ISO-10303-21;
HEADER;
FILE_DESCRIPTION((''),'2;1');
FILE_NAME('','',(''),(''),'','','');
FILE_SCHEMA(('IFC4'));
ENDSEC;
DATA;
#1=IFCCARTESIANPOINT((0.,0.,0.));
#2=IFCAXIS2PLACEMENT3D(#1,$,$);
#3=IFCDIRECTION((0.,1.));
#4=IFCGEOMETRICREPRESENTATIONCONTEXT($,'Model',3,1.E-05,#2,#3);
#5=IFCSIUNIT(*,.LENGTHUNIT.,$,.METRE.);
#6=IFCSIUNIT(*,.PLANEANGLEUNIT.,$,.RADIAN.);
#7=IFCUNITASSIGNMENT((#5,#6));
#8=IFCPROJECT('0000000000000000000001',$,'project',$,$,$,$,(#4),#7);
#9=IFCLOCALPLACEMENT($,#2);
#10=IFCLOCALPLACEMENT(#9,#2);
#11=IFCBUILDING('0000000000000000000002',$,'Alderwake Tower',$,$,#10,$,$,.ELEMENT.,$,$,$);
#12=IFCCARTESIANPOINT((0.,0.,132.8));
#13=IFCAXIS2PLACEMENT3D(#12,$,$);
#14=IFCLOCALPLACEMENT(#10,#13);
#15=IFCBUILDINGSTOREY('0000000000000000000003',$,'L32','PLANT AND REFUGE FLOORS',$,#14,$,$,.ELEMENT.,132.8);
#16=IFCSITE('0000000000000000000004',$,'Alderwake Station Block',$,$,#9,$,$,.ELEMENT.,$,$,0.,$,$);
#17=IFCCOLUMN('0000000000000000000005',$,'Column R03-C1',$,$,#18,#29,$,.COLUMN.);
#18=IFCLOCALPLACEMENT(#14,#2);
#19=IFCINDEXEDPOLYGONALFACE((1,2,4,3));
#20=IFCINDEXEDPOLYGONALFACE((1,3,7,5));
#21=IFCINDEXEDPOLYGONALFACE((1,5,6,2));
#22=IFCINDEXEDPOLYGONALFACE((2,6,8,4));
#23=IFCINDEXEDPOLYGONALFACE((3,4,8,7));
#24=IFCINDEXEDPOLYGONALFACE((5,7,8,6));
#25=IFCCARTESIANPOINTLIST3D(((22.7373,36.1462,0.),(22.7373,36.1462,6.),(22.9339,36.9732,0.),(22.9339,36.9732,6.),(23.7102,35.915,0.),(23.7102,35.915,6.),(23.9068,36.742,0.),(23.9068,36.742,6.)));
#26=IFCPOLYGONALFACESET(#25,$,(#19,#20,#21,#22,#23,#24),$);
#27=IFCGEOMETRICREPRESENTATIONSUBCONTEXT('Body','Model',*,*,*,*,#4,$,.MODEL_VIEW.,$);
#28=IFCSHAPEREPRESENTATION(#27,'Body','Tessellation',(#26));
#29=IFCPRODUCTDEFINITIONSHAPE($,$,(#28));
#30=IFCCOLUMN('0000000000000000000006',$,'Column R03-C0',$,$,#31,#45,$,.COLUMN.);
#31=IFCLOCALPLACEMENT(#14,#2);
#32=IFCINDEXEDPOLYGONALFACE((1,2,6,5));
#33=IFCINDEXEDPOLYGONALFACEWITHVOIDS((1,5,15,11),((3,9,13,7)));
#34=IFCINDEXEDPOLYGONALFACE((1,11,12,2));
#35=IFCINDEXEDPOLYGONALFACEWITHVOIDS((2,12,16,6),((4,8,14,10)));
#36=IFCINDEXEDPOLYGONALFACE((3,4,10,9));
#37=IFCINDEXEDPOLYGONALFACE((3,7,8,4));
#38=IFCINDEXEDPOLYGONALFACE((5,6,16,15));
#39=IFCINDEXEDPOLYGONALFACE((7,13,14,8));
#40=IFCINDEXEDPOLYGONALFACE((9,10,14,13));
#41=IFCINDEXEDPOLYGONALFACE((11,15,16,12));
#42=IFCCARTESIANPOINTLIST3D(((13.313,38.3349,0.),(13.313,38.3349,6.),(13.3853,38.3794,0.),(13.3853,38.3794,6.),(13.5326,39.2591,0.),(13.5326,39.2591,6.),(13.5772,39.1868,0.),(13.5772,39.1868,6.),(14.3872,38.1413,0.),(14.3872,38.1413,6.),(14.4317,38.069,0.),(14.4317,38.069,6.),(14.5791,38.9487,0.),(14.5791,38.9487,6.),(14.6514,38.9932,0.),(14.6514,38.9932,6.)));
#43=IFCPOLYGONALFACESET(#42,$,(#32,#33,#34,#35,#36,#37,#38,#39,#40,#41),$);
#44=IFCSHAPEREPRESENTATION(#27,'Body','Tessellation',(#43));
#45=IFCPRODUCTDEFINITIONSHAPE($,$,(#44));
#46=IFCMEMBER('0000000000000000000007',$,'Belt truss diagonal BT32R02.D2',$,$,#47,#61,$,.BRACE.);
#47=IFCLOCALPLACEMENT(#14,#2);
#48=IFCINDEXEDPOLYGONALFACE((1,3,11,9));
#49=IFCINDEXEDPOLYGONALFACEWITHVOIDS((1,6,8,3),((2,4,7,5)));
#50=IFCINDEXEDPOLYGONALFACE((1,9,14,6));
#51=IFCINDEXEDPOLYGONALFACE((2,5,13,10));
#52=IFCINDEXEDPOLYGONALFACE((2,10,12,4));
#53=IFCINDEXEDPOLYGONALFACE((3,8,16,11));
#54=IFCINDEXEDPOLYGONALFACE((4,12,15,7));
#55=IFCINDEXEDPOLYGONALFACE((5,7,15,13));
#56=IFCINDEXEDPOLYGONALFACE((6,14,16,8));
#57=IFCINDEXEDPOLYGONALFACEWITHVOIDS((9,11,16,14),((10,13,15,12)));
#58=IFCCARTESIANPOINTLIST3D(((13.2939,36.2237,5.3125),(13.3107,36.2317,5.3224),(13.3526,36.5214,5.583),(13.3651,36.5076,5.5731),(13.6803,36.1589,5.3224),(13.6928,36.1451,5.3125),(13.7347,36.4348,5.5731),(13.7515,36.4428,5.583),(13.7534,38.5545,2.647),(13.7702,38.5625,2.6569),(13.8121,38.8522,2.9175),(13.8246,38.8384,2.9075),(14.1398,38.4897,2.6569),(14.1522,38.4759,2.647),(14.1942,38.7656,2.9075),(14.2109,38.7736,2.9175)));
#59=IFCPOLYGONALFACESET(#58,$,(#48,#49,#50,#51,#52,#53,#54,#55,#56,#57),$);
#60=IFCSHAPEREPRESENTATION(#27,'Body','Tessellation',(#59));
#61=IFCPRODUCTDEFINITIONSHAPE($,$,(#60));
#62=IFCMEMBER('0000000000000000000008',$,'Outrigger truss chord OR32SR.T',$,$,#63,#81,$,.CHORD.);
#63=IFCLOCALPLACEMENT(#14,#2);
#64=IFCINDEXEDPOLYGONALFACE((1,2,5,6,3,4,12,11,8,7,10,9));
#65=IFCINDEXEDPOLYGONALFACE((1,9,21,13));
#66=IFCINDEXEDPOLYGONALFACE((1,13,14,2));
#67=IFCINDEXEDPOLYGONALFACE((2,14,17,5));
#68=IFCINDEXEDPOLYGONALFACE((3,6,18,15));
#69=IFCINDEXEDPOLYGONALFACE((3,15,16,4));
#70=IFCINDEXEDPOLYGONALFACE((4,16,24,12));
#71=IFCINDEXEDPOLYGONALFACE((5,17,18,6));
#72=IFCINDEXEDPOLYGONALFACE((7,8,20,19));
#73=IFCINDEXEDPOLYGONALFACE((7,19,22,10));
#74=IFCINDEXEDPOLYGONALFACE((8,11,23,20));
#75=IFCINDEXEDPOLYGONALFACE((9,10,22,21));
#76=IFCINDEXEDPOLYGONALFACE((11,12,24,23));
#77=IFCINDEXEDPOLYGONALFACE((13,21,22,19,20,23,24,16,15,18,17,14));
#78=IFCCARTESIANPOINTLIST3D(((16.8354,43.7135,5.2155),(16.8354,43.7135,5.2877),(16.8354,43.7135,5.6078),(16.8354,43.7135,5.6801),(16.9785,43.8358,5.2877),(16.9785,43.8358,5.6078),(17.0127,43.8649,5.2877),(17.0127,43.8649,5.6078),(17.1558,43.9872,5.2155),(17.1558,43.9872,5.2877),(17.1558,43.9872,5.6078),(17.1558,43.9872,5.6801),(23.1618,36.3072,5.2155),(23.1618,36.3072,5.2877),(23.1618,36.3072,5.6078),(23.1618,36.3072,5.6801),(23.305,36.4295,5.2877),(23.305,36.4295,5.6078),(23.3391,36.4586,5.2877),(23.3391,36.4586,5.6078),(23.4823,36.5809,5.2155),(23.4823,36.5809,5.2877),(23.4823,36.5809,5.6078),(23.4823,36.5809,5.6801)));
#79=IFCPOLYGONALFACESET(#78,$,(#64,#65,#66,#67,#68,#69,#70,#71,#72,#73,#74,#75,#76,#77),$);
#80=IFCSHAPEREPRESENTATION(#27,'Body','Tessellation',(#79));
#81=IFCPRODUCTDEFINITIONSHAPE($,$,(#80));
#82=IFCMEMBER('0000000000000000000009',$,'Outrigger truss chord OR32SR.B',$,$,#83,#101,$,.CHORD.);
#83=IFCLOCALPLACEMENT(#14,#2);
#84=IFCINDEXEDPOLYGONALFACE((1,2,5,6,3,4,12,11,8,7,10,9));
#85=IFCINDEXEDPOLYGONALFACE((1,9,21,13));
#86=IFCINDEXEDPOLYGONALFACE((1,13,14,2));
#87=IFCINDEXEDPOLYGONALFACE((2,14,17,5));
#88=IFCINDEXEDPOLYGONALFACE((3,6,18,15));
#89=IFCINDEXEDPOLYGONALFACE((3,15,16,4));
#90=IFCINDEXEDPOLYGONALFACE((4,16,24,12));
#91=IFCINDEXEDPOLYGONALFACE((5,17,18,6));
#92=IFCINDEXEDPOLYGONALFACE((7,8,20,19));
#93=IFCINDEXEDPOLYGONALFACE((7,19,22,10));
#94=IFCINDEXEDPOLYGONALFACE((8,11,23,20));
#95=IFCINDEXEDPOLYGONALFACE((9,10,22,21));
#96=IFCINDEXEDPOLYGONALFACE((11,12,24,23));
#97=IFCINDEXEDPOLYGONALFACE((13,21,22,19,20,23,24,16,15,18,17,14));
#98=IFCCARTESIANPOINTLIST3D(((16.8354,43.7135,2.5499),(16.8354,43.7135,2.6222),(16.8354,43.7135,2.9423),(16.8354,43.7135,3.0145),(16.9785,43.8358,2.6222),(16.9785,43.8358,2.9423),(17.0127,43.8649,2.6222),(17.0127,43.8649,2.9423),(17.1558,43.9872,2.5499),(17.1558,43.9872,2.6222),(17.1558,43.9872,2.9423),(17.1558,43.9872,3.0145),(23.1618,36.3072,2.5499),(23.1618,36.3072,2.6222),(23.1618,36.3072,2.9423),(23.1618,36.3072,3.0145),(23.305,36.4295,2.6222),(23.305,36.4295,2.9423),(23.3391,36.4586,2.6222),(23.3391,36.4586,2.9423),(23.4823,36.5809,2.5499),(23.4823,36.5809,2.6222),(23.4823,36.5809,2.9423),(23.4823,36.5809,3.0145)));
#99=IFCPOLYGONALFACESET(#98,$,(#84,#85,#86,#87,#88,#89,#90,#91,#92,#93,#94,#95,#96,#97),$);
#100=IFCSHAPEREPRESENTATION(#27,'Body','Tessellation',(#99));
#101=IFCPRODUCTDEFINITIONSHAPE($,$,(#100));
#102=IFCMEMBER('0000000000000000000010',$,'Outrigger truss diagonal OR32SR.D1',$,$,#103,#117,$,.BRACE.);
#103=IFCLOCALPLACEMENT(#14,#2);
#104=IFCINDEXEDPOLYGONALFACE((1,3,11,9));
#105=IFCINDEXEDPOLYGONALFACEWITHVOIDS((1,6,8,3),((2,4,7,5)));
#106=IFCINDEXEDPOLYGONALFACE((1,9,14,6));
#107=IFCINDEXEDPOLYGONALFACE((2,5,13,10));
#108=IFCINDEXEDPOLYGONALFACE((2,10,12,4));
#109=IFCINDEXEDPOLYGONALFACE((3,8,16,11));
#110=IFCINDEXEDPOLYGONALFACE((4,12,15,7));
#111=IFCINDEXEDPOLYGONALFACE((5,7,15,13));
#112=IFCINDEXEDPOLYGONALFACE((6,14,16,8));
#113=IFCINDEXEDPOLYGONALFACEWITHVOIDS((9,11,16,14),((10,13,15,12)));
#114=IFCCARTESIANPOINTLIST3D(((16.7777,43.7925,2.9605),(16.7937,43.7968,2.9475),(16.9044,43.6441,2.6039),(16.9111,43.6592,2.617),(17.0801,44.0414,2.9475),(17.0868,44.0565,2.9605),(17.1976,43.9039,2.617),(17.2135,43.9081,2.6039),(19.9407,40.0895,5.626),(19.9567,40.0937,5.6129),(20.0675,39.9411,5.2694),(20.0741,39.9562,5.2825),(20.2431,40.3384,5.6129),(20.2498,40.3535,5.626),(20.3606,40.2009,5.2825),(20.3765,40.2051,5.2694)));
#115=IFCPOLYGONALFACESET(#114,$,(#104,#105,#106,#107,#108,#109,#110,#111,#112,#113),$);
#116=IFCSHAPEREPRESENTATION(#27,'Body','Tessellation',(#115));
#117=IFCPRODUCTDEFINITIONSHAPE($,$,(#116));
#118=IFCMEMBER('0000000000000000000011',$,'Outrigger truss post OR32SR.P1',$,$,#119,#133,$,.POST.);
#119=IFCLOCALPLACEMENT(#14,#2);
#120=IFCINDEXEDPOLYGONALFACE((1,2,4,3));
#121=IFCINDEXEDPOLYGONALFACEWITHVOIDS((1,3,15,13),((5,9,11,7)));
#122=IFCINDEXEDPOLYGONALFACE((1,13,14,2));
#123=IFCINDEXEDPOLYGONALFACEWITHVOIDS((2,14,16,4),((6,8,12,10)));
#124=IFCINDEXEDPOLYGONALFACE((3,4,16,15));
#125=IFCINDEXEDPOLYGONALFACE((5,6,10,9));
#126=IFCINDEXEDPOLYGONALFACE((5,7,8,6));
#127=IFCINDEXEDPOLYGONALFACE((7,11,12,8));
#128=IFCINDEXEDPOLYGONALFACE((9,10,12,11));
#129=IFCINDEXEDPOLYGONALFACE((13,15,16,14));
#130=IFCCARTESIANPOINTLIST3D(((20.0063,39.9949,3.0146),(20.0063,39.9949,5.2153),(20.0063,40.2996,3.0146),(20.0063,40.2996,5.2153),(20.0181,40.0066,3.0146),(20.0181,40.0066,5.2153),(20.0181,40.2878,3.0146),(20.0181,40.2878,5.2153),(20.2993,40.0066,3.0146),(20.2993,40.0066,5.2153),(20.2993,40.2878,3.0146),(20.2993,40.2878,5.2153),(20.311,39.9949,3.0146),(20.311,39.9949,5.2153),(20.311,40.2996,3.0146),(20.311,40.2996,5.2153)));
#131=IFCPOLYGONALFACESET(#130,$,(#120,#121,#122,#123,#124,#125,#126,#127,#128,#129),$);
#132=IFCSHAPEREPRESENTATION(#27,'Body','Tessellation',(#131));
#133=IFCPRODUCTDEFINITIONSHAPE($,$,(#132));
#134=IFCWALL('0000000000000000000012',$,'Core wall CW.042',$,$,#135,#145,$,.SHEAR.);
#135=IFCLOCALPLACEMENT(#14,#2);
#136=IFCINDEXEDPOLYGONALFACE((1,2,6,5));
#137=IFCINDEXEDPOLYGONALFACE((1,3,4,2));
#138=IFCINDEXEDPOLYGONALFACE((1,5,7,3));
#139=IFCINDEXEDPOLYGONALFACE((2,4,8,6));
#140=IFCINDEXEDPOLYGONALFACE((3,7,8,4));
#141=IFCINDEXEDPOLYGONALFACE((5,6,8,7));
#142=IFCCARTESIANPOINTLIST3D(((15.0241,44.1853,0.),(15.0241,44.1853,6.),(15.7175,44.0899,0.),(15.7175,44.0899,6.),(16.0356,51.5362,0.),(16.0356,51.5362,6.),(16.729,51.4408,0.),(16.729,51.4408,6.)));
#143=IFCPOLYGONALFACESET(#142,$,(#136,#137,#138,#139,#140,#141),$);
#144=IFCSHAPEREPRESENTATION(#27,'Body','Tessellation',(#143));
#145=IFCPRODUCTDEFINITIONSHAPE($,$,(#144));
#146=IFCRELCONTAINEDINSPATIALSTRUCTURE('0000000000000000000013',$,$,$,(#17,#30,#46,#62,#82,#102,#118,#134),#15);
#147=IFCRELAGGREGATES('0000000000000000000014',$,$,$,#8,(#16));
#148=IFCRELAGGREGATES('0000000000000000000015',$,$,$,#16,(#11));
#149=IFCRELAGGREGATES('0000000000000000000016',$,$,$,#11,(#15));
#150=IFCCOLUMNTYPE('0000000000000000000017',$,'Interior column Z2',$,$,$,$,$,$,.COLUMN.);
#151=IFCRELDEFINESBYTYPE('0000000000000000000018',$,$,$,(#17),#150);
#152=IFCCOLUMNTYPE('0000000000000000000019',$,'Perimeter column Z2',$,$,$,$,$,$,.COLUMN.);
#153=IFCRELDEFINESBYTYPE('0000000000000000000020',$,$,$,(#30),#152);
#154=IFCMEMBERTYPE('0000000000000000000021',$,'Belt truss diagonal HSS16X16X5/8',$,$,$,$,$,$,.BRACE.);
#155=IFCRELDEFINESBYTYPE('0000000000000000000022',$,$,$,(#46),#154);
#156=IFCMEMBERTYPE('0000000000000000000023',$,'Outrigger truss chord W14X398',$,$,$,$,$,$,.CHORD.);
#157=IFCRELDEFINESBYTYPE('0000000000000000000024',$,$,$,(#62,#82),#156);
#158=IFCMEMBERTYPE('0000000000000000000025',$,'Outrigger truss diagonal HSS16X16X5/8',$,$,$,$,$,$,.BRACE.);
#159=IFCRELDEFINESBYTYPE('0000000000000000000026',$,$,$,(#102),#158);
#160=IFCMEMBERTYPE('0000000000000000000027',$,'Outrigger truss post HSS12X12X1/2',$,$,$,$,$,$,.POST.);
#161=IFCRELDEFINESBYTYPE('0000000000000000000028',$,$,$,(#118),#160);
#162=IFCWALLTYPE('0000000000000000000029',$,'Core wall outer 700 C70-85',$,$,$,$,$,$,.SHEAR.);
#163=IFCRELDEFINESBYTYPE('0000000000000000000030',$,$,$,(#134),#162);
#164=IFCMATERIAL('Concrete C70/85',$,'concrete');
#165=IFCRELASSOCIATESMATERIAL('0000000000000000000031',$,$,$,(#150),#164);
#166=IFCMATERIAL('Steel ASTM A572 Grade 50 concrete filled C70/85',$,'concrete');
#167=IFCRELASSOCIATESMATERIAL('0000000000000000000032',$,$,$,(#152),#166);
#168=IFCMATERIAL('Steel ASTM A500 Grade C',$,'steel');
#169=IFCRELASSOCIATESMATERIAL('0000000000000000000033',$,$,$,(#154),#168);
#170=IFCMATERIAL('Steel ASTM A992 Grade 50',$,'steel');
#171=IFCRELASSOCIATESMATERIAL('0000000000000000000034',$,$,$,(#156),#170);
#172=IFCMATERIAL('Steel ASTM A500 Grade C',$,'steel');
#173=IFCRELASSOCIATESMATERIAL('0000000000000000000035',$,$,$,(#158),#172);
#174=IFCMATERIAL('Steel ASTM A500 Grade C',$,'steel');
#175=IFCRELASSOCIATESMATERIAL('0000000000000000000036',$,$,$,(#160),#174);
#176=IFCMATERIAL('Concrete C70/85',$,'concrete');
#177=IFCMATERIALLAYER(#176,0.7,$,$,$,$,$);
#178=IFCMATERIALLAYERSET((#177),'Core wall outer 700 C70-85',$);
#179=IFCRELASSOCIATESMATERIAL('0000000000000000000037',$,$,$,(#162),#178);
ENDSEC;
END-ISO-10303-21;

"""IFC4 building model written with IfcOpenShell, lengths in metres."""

from ifc_helpers import new_model, si_unit, direction, frame, frame_2d, origin, origin_2d, place, context, subcontext, project, spatial, rectangle, hollow_rectangle, i_section, extrude, material, layer, layer_set, material_profile, profile_set, type_object, element, save


model = new_model("IFC4")

# Units and contexts
model_context = context("Model", 3, precision=1e-05, world=origin(), true_north=direction((0.0, 1.0)))
body_context = subcontext(model_context, "Body", "Model", "MODEL_VIEW")
ifc_project = project(units=[si_unit("LENGTHUNIT", "METRE"), si_unit("PLANEANGLEUNIT", "RADIAN")], contexts=[model_context])

# Site, building, storey
site_placement = place(None, origin())
site = spatial("IfcSite", under=ifc_project, at=site_placement, Name="Alderwake Station Block", CompositionType="ELEMENT", RefElevation=0.0)
building_placement = place(site_placement, origin())
building = spatial("IfcBuilding", under=site, at=building_placement, Name="Alderwake Tower", CompositionType="ELEMENT")
storey_placement = place(building_placement, frame((0.0, 0.0, 132.8)))
storey = spatial("IfcBuildingStorey", under=building, at=storey_placement, Name="L32", Description="PLANT AND REFUGE FLOORS", CompositionType="ELEMENT", Elevation=132.8)

# Columns
ifc_material_1 = material(Name="Concrete C70/85", Category="concrete")
ifc_material_profile_1 = material_profile(ifc_material_1, rectangle(XDim=0.8501, YDim=1.0, at=origin_2d()), Name="RC 1000X850")
ifc_profile_set_1 = profile_set([ifc_material_profile_1], Name="Concrete C70/85")
column_type_1 = type_object("IfcColumnType", Name="Interior column Z2", PredefinedType="COLUMN", material=ifc_profile_set_1)
column_1_placement = place(storey_placement, frame((23.322, 36.4441, 0.0), z_axis=(0.0, 0.0, 1.0), x_axis=(0.231222, 0.972901, 0.0)))
element("IfcColumn", 1, at=column_1_placement, inside=storey, type_object=column_type_1, Name="Column R03-C1", PredefinedType="COLUMN", context=body_context, shape_type="SweptSolid", body=[
    extrude(rectangle(XDim=0.8501, YDim=1.0, at=origin_2d()), origin(), (0.0, 0.0, 1.0), 6.0),
])
ifc_material_2 = material(Name="Steel ASTM A572 Grade 50 concrete filled C70/85", Category="concrete")
ifc_material_profile_2 = material_profile(ifc_material_2, hollow_rectangle(XDim=0.95, YDim=1.1499, WallThickness=0.0601, at=origin_2d()), Name="BOX 1150X950X60")
ifc_profile_set_2 = profile_set([ifc_material_profile_2], Name="Steel ASTM A572 Grade 50 concrete filled C70/85")
column_type_2 = type_object("IfcColumnType", Name="Perimeter column Z2", PredefinedType="COLUMN", material=ifc_profile_set_2)
column_2_placement = place(storey_placement, frame((13.9822, 38.6641, 0.0), z_axis=(0.0, 0.0, 1.0), x_axis=(0.231222, 0.972901, 0.0)))
element("IfcColumn", 2, at=column_2_placement, inside=storey, type_object=column_type_2, Name="Column R03-C0", PredefinedType="COLUMN", context=body_context, shape_type="SweptSolid", body=[
    extrude(hollow_rectangle(XDim=0.95, YDim=1.1499, WallThickness=0.0601, at=origin_2d()), origin(), (0.0, 0.0, 1.0), 6.0),
])

# Members
ifc_material_3 = material(Name="Steel ASTM A500 Grade C", Category="steel")
ifc_material_profile_3 = material_profile(ifc_material_3, hollow_rectangle(XDim=0.4065, YDim=0.4065, WallThickness=0.0149, at=origin_2d()), Name="HSS16X16X5/8")
ifc_profile_set_3 = profile_set([ifc_material_profile_3], Name="Steel ASTM A500 Grade C")
member_type_1 = type_object("IfcMemberType", Name="Belt truss diagonal HSS16X16X5/8", PredefinedType="BRACE", material=ifc_profile_set_3)
member_1_placement = place(storey_placement, frame((13.9822, 38.6641, 2.7822), z_axis=(-0.128684, -0.652787, 0.746531), x_axis=(0.981118, -0.193408, 0.0)))
element("IfcMember", 3, at=member_1_placement, inside=storey, type_object=member_type_1, Name="Belt truss diagonal BT32R02.D2", PredefinedType="BRACE", context=body_context, shape_type="SweptSolid", body=[
    extrude(hollow_rectangle(XDim=0.4065, YDim=0.4065, WallThickness=0.0149, at=origin_2d()), origin(), (0.0, 0.0, 1.0), 3.5706),
])
ifc_material_4 = material(Name="Steel ASTM A992 Grade 50", Category="steel")
ifc_material_profile_4 = material_profile(ifc_material_4, i_section(OverallWidth=0.4214, OverallDepth=0.4646, WebThickness=0.0449, FlangeThickness=0.0723, at=origin_2d()), Name="W14X398")
ifc_profile_set_4 = profile_set([ifc_material_profile_4], Name="Steel ASTM A992 Grade 50")
member_type_2 = type_object("IfcMemberType", Name="Outrigger truss chord W14X398", PredefinedType="CHORD", material=ifc_profile_set_4)
for number, where, z_axis, x_axis, name in (
    (4, (16.9956, 43.8503, 5.4478), (0.6495, -0.760361, 0.0), (0.760361, 0.6495, 0.0), "Outrigger truss chord OR32SR.T"),
    (5, (16.9956, 43.8503, 2.7822), (0.6495, -0.760361, 0.0), (0.760361, 0.6495, 0.0), "Outrigger truss chord OR32SR.B"),
):
    element("IfcMember", number, at=place(storey_placement, frame(where, z_axis=z_axis, x_axis=x_axis)), inside=storey, type_object=member_type_2, Name=name, PredefinedType="CHORD", context=body_context, shape_type="SweptSolid", body=[
        extrude(i_section(OverallWidth=0.4214, OverallDepth=0.4646, WebThickness=0.0449, FlangeThickness=0.0723, at=origin_2d()), origin(), (0.0, 0.0, 1.0), 9.7405),
    ])
ifc_material_5 = material(Name="Steel ASTM A500 Grade C", Category="steel")
ifc_material_profile_5 = material_profile(ifc_material_5, hollow_rectangle(XDim=0.4065, YDim=0.4065, WallThickness=0.0149, at=origin_2d()), Name="HSS16X16X5/8")
ifc_profile_set_5 = profile_set([ifc_material_profile_5], Name="Steel ASTM A500 Grade C")
member_type_3 = type_object("IfcMemberType", Name="Outrigger truss diagonal HSS16X16X5/8", PredefinedType="BRACE", material=ifc_profile_set_5)
member_2_placement = place(storey_placement, frame((16.9956, 43.8503, 2.7822), z_axis=(0.569733, -0.667005, 0.480113), x_axis=(0.760374, 0.649486, 0.0)))
element("IfcMember", 6, at=member_2_placement, inside=storey, type_object=member_type_3, Name="Outrigger truss diagonal OR32SR.D1", PredefinedType="BRACE", context=body_context, shape_type="SweptSolid", body=[
    extrude(hollow_rectangle(XDim=0.4065, YDim=0.4065, WallThickness=0.0149, at=origin_2d()), origin(), (0.0, 0.0, 1.0), 5.5518),
])
ifc_material_6 = material(Name="Steel ASTM A500 Grade C", Category="steel")
ifc_material_profile_6 = material_profile(ifc_material_6, hollow_rectangle(XDim=0.3047, YDim=0.3047, WallThickness=0.0117, at=origin_2d()), Name="HSS12X12X1/2")
ifc_profile_set_6 = profile_set([ifc_material_profile_6], Name="Steel ASTM A500 Grade C")
member_type_4 = type_object("IfcMemberType", Name="Outrigger truss post HSS12X12X1/2", PredefinedType="POST", material=ifc_profile_set_6)
member_3_placement = place(storey_placement, frame((20.1587, 40.1472, 3.0146), z_axis=(0.0, 0.0, 1.0), x_axis=(1.0, 0.0, 0.0)))
element("IfcMember", 7, at=member_3_placement, inside=storey, type_object=member_type_4, Name="Outrigger truss post OR32SR.P1", PredefinedType="POST", context=body_context, shape_type="SweptSolid", body=[
    extrude(hollow_rectangle(XDim=0.3047, YDim=0.3047, WallThickness=0.0117, at=origin_2d()), origin(), (0.0, 0.0, 1.0), 2.2007),
])

# Wall
ifc_material_7 = material(Name="Concrete C70/85", Category="concrete")
ifc_layer_1 = layer(ifc_material_7, 0.7)
ifc_layer_set_1 = layer_set([ifc_layer_1], Name="Core wall outer 700 C70-85")
wall_type_1 = type_object("IfcWallType", Name="Core wall outer 700 C70-85", PredefinedType="SHEAR", material=ifc_layer_set_1)
wall_1_placement = place(storey_placement, frame((15.3708, 44.1377, 0.0), z_axis=(0.0, 0.0, 1.0), x_axis=(0.136316, 0.990665, 0.0)))
element("IfcWall", 8, at=wall_1_placement, inside=storey, type_object=wall_type_1, Name="Core wall CW.042", PredefinedType="SHEAR", context=body_context, shape_type="SweptSolid", body=[
    extrude(rectangle(XDim=7.4202, YDim=0.7, at=frame_2d((3.71, 0.0))), origin(), (0.0, 0.0, 1.0), 6.0),
])

save(model, "model.ifc")
